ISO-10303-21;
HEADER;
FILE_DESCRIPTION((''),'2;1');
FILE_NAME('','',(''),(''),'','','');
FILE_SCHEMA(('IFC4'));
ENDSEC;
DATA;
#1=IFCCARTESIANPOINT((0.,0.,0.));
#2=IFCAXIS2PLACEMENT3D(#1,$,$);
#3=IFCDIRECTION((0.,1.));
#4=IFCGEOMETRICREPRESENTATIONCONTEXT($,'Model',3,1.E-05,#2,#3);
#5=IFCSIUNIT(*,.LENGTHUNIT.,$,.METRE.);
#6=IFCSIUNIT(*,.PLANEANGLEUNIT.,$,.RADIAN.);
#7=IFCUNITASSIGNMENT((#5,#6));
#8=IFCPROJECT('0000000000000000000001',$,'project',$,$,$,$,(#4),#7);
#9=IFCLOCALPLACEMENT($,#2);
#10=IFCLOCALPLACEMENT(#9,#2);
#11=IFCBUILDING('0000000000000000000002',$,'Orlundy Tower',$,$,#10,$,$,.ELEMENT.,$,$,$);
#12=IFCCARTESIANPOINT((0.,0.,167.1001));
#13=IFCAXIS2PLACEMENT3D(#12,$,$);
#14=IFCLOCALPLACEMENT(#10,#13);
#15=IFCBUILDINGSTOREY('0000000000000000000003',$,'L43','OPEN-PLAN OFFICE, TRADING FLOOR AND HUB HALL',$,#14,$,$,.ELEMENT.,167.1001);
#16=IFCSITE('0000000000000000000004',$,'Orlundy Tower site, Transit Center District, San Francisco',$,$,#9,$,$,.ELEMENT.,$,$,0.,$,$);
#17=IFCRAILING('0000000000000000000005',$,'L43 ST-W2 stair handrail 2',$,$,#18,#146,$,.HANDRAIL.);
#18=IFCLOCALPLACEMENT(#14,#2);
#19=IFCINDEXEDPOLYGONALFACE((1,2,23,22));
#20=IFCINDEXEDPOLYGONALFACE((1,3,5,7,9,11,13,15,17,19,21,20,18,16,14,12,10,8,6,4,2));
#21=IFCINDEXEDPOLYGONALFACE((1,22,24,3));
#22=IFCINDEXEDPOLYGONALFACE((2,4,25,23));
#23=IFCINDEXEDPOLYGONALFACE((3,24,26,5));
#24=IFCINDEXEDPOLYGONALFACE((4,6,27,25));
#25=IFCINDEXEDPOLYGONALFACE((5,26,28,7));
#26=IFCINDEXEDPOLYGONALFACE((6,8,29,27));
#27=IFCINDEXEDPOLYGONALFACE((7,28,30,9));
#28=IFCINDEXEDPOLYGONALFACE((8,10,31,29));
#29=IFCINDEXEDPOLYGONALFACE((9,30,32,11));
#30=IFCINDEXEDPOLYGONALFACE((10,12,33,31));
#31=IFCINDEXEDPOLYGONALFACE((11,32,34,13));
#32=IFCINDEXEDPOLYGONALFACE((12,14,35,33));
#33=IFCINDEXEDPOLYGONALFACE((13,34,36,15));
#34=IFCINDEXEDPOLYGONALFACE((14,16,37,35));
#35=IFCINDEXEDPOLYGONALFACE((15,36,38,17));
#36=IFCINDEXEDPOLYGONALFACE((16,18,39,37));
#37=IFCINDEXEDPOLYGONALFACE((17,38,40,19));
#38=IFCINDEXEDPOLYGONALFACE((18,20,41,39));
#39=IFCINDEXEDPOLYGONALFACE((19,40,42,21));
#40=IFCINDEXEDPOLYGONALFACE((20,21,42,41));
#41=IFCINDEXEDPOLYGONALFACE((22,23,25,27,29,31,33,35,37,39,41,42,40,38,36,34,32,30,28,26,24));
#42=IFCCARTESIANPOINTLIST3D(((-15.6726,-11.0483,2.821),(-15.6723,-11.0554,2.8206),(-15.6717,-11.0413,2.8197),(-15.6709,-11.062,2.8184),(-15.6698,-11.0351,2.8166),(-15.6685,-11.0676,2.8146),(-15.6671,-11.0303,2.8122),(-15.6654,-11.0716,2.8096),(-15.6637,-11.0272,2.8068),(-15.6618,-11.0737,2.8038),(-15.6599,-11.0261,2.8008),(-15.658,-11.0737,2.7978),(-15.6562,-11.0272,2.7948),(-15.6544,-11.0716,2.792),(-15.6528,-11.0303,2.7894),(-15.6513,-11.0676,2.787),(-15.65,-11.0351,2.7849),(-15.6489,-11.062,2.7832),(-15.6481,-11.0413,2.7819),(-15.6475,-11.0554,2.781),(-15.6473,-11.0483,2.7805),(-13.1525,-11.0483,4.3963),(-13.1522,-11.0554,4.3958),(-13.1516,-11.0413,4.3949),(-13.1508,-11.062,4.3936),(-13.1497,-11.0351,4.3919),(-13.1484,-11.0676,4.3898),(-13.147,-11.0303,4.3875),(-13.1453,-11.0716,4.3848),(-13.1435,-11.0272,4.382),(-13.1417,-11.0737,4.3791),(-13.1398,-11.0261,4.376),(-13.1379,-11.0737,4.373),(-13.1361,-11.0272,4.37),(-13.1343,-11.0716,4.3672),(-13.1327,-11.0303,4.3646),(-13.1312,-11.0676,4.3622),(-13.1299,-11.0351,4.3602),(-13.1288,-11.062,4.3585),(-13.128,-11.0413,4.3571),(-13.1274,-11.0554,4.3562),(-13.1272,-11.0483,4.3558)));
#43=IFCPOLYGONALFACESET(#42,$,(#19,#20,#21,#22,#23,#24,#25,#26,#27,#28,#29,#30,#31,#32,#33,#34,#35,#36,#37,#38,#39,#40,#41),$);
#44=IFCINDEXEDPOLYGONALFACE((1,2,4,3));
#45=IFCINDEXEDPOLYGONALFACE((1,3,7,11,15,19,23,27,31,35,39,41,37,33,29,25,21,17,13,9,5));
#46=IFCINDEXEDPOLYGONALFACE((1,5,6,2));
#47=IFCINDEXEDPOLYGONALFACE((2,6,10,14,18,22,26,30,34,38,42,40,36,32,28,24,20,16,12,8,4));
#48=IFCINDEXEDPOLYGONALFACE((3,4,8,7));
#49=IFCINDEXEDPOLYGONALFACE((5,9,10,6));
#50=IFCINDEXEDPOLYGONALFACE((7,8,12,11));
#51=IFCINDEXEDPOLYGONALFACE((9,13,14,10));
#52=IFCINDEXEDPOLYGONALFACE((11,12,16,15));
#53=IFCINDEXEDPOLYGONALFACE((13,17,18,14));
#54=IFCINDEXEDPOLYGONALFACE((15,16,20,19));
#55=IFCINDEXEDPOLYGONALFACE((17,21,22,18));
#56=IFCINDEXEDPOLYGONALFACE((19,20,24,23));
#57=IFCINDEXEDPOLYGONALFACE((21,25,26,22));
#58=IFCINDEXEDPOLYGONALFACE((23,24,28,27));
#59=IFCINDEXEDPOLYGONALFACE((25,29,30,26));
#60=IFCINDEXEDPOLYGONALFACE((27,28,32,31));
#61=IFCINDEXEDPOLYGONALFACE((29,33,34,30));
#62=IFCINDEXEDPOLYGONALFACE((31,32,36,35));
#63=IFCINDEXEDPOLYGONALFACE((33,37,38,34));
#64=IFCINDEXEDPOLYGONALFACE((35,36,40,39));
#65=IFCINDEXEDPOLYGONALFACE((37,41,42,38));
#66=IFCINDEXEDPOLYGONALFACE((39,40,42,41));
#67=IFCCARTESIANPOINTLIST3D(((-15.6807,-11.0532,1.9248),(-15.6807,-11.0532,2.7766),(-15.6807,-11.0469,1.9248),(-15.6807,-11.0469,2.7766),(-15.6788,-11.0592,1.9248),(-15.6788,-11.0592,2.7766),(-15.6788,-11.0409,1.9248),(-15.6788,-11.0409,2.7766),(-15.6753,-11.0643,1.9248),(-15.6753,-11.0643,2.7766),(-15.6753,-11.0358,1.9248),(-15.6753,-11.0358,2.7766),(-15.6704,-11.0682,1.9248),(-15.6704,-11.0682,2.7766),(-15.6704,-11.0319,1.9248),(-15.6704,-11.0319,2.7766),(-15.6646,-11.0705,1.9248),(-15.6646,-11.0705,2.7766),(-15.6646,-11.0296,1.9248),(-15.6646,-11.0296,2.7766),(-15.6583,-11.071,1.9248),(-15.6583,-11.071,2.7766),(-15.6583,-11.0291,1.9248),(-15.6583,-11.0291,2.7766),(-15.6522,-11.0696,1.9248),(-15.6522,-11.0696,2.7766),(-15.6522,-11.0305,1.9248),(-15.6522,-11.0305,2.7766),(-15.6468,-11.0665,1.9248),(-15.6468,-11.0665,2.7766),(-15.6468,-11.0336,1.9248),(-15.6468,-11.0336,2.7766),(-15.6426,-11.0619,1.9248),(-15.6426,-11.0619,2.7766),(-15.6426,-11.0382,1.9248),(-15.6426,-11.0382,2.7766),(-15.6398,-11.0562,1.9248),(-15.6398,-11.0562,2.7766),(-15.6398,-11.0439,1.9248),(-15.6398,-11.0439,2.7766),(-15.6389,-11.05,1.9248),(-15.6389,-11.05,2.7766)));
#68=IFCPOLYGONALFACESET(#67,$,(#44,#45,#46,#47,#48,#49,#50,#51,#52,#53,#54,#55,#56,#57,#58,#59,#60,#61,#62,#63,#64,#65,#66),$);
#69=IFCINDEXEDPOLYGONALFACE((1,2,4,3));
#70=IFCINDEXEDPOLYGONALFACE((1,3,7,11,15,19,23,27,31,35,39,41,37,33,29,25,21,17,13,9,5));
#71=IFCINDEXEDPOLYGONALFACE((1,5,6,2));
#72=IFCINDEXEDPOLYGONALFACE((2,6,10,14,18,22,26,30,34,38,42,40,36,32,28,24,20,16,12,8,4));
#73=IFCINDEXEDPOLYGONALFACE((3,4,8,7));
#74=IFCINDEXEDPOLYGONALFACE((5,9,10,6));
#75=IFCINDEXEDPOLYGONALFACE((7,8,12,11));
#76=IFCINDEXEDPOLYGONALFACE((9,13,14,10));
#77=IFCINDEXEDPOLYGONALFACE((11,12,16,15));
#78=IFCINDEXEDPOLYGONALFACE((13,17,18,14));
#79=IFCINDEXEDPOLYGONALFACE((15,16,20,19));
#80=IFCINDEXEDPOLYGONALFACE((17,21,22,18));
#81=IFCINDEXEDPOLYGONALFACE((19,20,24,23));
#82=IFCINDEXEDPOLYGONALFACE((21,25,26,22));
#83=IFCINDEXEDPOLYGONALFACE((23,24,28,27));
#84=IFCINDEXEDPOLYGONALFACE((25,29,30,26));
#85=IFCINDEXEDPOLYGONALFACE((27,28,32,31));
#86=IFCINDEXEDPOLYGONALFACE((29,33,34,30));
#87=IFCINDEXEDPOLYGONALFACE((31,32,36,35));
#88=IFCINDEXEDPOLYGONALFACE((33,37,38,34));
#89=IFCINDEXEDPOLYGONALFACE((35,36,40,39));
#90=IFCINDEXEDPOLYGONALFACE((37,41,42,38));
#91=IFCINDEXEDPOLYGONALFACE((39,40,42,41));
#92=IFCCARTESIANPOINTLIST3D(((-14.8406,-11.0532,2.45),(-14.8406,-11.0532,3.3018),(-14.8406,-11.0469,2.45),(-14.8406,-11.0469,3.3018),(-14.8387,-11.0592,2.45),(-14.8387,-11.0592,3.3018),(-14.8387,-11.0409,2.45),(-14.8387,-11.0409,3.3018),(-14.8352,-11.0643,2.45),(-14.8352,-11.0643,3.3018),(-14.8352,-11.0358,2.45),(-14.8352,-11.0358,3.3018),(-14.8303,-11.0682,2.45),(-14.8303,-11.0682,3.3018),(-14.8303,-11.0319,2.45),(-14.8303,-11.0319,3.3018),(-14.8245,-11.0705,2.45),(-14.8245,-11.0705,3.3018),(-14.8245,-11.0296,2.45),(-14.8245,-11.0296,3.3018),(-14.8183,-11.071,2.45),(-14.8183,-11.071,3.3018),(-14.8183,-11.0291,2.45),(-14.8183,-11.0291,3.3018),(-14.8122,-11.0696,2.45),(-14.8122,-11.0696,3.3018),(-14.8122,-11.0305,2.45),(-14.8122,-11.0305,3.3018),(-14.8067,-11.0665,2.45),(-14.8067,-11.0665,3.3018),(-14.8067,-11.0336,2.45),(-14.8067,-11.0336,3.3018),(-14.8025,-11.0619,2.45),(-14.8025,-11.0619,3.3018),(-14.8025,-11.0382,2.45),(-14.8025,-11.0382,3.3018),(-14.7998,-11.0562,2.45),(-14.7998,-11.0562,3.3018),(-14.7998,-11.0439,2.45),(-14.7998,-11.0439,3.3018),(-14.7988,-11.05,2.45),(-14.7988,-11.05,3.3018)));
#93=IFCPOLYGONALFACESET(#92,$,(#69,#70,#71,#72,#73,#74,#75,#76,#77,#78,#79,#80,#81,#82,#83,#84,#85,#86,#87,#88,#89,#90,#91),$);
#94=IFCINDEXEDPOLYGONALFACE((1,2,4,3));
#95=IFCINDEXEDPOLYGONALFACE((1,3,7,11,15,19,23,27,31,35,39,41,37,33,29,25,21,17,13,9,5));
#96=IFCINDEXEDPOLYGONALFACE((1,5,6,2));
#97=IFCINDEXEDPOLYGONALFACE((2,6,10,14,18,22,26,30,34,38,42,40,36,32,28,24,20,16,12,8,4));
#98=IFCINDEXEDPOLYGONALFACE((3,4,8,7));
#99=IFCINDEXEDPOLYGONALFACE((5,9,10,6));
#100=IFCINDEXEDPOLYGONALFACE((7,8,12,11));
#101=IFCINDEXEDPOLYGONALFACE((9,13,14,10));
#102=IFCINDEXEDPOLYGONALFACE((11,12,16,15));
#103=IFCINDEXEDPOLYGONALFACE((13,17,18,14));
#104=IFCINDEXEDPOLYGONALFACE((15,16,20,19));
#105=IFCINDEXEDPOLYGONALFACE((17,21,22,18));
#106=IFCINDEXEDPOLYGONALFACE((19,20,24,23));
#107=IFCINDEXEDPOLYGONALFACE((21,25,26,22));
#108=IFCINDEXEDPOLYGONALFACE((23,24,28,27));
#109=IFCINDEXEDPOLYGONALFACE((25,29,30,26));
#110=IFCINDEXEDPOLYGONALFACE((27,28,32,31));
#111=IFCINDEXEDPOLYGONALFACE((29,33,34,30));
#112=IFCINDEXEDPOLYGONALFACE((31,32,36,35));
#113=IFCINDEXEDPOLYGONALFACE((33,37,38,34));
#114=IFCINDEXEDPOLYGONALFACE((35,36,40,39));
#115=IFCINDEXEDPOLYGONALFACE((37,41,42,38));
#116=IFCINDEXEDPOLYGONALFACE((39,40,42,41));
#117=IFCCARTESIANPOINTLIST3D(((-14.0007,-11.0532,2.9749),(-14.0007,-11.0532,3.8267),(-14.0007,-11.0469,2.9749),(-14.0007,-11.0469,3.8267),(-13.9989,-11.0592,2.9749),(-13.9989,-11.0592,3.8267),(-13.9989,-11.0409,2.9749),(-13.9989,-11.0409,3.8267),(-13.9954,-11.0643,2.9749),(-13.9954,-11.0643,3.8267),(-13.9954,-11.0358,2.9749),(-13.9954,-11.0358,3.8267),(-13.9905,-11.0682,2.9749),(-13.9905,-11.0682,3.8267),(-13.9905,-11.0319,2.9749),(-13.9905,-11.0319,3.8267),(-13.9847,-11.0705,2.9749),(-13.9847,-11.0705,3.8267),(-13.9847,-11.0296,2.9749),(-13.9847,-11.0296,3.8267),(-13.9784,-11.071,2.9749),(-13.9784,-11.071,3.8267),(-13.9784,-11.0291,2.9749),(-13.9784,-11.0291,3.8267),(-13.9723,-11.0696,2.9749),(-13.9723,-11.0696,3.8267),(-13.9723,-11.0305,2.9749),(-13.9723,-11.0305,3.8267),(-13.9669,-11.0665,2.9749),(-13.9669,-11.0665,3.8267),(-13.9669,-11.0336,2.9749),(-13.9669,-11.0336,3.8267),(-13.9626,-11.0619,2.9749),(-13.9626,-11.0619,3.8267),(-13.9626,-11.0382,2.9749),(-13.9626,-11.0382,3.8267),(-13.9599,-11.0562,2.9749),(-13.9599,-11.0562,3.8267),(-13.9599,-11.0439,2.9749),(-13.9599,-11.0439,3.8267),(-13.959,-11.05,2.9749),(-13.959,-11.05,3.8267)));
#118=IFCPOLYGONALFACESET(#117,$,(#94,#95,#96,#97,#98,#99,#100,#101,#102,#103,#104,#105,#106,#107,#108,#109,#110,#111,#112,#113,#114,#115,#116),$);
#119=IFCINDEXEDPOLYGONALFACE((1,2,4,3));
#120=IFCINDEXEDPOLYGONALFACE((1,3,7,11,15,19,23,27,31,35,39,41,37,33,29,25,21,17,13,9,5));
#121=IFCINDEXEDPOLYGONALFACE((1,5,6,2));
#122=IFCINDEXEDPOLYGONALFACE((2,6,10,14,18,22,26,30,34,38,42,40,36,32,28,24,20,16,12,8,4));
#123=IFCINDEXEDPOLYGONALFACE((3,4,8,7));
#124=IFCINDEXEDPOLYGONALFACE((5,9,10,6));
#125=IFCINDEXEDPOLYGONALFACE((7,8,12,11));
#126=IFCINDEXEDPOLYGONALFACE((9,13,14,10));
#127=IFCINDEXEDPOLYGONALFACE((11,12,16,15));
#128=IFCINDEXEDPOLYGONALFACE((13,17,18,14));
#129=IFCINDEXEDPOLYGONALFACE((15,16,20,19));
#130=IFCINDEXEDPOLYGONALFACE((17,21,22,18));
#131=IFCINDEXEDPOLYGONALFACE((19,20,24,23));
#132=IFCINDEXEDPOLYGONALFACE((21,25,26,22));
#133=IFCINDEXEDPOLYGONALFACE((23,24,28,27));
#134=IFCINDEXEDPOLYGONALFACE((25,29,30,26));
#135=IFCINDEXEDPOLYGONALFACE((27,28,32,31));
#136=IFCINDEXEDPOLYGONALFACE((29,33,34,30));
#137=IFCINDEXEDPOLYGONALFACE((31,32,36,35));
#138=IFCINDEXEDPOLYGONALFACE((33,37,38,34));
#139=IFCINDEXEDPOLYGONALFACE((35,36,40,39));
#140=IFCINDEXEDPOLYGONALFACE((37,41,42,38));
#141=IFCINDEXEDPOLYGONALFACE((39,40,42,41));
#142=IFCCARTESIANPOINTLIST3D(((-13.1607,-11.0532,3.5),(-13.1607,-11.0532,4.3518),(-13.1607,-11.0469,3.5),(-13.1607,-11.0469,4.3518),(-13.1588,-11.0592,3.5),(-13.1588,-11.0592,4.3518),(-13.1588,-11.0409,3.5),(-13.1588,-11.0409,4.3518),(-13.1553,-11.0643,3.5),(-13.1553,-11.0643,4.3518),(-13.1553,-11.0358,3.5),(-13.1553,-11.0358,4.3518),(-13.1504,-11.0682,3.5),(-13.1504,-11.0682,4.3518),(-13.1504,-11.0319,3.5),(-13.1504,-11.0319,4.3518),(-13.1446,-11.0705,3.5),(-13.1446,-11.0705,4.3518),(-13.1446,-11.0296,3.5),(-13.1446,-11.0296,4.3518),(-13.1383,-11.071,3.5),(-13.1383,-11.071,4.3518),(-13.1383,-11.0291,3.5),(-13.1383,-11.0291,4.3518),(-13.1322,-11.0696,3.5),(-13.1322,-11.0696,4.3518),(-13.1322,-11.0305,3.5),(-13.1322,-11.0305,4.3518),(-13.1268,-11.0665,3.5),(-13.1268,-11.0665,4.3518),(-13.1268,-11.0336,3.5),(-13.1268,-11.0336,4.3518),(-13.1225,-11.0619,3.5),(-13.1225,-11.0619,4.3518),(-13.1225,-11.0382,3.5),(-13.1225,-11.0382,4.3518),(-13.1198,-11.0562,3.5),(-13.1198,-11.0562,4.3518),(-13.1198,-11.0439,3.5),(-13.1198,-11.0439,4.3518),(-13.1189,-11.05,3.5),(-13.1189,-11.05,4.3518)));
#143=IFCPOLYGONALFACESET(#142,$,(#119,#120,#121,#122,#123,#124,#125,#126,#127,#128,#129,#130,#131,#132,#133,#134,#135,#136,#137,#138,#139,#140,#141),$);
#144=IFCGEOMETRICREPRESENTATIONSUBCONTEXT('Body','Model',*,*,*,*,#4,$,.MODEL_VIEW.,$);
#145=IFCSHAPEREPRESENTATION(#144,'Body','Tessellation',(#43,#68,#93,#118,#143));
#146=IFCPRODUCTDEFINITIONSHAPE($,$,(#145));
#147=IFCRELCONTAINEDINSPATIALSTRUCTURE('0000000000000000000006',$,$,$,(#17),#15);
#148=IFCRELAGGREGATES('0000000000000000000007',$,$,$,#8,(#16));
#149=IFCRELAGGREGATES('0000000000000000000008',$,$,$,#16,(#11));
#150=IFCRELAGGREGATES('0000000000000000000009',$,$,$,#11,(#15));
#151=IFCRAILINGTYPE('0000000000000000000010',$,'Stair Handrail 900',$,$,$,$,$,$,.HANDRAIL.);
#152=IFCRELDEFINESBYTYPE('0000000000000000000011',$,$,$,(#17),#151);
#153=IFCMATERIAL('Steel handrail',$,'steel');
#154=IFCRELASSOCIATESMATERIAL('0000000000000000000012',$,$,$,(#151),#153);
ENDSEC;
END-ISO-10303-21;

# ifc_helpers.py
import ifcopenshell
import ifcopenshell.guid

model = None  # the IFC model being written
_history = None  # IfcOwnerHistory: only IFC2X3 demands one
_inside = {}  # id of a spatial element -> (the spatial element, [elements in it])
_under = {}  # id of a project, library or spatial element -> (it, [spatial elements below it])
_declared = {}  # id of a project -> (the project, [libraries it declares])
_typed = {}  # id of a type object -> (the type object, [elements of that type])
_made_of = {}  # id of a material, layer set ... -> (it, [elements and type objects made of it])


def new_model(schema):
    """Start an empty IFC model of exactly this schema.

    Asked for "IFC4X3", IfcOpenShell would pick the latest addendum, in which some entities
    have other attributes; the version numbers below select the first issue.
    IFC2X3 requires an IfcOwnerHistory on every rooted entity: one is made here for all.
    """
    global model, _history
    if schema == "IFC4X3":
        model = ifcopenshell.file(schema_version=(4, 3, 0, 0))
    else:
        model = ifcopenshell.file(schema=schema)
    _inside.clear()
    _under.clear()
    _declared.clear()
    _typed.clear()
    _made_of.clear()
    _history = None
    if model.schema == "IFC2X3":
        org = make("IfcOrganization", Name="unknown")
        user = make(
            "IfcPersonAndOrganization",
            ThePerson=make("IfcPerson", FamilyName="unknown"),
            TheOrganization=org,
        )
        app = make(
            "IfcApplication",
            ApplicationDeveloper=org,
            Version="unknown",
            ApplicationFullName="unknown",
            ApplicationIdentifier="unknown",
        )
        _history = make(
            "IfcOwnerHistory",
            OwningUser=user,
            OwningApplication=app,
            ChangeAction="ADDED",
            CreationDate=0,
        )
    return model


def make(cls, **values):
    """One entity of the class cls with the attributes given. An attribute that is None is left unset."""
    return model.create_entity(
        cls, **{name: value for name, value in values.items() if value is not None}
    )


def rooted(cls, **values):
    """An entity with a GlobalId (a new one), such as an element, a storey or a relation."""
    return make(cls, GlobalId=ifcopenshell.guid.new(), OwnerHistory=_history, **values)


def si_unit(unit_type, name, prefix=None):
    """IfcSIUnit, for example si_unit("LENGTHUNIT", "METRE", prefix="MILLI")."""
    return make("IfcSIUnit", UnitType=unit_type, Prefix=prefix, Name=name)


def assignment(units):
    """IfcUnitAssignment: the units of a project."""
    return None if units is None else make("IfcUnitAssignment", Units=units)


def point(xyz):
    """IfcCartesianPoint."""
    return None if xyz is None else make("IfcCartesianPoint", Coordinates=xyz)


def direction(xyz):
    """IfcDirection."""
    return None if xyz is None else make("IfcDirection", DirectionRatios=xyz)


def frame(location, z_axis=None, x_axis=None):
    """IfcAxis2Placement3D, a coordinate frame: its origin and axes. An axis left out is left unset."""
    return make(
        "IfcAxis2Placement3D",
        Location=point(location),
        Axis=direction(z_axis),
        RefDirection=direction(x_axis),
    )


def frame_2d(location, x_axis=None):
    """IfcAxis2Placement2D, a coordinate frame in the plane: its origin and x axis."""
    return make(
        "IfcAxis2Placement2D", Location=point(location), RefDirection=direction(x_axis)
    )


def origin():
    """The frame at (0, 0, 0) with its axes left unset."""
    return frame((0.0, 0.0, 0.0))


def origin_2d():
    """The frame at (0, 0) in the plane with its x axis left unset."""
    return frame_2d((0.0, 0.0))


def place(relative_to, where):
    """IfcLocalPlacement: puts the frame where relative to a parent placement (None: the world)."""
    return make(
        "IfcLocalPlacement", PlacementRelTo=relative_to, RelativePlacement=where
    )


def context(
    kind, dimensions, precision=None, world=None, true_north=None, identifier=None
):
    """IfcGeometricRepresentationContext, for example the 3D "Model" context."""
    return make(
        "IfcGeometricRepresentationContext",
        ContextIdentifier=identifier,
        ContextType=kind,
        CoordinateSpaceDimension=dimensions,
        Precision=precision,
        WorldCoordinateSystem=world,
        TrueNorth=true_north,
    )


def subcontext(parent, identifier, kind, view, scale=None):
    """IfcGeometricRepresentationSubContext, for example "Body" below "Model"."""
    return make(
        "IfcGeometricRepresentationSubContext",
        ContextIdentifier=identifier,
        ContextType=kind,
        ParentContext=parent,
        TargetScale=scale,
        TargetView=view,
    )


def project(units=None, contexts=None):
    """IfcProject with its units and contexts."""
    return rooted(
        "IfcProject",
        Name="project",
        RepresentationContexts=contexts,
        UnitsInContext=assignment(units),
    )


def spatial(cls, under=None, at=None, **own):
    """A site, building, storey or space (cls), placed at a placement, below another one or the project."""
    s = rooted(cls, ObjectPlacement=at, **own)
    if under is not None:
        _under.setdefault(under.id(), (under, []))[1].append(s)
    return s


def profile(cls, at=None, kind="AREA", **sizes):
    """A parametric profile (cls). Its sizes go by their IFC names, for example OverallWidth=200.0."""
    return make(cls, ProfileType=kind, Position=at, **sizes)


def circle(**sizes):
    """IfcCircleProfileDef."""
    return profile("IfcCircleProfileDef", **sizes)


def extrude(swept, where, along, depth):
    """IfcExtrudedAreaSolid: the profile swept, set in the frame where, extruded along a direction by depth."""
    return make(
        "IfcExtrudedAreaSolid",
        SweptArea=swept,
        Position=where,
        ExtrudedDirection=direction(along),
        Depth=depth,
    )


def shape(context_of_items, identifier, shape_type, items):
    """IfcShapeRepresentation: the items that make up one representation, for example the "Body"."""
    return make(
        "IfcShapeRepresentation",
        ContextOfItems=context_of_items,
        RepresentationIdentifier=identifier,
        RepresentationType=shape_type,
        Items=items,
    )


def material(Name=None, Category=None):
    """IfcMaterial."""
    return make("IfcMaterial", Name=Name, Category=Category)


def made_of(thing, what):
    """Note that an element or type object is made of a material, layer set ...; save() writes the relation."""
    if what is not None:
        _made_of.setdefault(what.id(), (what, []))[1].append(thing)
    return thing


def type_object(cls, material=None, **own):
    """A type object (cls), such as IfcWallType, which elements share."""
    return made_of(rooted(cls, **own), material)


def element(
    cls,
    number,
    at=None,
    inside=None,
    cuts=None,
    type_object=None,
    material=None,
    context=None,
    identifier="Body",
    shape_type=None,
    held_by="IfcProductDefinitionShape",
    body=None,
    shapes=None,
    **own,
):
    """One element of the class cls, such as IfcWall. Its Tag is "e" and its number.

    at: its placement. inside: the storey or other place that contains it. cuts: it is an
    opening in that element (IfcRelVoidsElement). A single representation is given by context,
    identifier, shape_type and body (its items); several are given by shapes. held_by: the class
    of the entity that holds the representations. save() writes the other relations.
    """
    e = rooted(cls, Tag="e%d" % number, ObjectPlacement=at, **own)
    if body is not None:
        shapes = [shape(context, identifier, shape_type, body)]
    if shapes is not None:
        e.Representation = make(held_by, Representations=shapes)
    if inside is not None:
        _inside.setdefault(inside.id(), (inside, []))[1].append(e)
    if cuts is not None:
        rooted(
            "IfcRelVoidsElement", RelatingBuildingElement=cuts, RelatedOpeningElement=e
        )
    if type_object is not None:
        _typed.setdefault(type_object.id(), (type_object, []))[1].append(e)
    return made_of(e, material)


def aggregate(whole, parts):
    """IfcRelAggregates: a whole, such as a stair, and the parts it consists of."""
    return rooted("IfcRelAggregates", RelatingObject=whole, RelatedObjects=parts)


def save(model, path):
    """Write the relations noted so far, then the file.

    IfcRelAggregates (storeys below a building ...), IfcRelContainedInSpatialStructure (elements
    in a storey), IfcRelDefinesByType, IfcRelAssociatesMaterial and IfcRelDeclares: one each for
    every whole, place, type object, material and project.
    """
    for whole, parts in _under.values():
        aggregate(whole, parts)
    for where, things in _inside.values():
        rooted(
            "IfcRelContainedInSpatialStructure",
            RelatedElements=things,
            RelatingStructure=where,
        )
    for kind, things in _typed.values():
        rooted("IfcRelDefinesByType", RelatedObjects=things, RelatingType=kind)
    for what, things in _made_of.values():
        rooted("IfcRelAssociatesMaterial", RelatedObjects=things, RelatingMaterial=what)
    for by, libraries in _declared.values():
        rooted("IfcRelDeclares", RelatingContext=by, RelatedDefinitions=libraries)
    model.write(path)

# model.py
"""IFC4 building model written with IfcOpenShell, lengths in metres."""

from ifc_helpers import new_model, si_unit, direction, frame, origin, origin_2d, place, context, subcontext, project, spatial, circle, extrude, material, type_object, element, save


model = new_model("IFC4")

# Units and contexts
model_context = context("Model", 3, precision=1e-05, world=origin(), true_north=direction((0.0, 1.0)))
body_context = subcontext(model_context, "Body", "Model", "MODEL_VIEW")
ifc_project = project(units=[si_unit("LENGTHUNIT", "METRE"), si_unit("PLANEANGLEUNIT", "RADIAN")], contexts=[model_context])

# Site, building, storey
site_placement = place(None, origin())
site = spatial("IfcSite", under=ifc_project, at=site_placement, Name="Orlundy Tower site, Transit Center District, San Francisco", CompositionType="ELEMENT", RefElevation=0.0)
building_placement = place(site_placement, origin())
building = spatial("IfcBuilding", under=site, at=building_placement, Name="Orlundy Tower", CompositionType="ELEMENT")
storey_placement = place(building_placement, frame((0.0, 0.0, 167.1001)))
storey = spatial("IfcBuildingStorey", under=building, at=storey_placement, Name="L43", Description="OPEN-PLAN OFFICE, TRADING FLOOR AND HUB HALL", CompositionType="ELEMENT", Elevation=167.1001)

# Railing
ifc_material_1 = material(Name="Steel handrail", Category="steel")
railing_type_1 = type_object("IfcRailingType", Name="Stair Handrail 900", PredefinedType="HANDRAIL", material=ifc_material_1)
railing_1_placement = place(storey_placement, frame((-15.6599, -11.05, 1.9248)))
element("IfcRailing", 1, at=railing_1_placement, inside=storey, type_object=railing_type_1, Name="L43 ST-W2 stair handrail 2", PredefinedType="HANDRAIL", context=body_context, shape_type="SweptSolid", body=[
    extrude(circle(Radius=0.0239, at=origin_2d()), frame((0.0, 0.0, 0.876), z_axis=(0.847971, 0.0, 0.530043), x_axis=(0.0, 1.0, 0.0)), (0.0, 0.0, 1.0), 2.9719),
    extrude(circle(Radius=0.021, at=origin_2d()), origin(), (0.0, 0.0, 1.0), 0.8518),
    extrude(circle(Radius=0.021, at=origin_2d()), frame((0.8401, 0.0, 0.5251)), (0.0, 0.0, 1.0), 0.8518),
    extrude(circle(Radius=0.021, at=origin_2d()), frame((1.6799, 0.0, 1.05)), (0.0, 0.0, 1.0), 0.8518),
    extrude(circle(Radius=0.021, at=origin_2d()), frame((2.52, 0.0, 1.5752)), (0.0, 0.0, 1.0), 0.8518),
])

save(model, "model.ifc")
